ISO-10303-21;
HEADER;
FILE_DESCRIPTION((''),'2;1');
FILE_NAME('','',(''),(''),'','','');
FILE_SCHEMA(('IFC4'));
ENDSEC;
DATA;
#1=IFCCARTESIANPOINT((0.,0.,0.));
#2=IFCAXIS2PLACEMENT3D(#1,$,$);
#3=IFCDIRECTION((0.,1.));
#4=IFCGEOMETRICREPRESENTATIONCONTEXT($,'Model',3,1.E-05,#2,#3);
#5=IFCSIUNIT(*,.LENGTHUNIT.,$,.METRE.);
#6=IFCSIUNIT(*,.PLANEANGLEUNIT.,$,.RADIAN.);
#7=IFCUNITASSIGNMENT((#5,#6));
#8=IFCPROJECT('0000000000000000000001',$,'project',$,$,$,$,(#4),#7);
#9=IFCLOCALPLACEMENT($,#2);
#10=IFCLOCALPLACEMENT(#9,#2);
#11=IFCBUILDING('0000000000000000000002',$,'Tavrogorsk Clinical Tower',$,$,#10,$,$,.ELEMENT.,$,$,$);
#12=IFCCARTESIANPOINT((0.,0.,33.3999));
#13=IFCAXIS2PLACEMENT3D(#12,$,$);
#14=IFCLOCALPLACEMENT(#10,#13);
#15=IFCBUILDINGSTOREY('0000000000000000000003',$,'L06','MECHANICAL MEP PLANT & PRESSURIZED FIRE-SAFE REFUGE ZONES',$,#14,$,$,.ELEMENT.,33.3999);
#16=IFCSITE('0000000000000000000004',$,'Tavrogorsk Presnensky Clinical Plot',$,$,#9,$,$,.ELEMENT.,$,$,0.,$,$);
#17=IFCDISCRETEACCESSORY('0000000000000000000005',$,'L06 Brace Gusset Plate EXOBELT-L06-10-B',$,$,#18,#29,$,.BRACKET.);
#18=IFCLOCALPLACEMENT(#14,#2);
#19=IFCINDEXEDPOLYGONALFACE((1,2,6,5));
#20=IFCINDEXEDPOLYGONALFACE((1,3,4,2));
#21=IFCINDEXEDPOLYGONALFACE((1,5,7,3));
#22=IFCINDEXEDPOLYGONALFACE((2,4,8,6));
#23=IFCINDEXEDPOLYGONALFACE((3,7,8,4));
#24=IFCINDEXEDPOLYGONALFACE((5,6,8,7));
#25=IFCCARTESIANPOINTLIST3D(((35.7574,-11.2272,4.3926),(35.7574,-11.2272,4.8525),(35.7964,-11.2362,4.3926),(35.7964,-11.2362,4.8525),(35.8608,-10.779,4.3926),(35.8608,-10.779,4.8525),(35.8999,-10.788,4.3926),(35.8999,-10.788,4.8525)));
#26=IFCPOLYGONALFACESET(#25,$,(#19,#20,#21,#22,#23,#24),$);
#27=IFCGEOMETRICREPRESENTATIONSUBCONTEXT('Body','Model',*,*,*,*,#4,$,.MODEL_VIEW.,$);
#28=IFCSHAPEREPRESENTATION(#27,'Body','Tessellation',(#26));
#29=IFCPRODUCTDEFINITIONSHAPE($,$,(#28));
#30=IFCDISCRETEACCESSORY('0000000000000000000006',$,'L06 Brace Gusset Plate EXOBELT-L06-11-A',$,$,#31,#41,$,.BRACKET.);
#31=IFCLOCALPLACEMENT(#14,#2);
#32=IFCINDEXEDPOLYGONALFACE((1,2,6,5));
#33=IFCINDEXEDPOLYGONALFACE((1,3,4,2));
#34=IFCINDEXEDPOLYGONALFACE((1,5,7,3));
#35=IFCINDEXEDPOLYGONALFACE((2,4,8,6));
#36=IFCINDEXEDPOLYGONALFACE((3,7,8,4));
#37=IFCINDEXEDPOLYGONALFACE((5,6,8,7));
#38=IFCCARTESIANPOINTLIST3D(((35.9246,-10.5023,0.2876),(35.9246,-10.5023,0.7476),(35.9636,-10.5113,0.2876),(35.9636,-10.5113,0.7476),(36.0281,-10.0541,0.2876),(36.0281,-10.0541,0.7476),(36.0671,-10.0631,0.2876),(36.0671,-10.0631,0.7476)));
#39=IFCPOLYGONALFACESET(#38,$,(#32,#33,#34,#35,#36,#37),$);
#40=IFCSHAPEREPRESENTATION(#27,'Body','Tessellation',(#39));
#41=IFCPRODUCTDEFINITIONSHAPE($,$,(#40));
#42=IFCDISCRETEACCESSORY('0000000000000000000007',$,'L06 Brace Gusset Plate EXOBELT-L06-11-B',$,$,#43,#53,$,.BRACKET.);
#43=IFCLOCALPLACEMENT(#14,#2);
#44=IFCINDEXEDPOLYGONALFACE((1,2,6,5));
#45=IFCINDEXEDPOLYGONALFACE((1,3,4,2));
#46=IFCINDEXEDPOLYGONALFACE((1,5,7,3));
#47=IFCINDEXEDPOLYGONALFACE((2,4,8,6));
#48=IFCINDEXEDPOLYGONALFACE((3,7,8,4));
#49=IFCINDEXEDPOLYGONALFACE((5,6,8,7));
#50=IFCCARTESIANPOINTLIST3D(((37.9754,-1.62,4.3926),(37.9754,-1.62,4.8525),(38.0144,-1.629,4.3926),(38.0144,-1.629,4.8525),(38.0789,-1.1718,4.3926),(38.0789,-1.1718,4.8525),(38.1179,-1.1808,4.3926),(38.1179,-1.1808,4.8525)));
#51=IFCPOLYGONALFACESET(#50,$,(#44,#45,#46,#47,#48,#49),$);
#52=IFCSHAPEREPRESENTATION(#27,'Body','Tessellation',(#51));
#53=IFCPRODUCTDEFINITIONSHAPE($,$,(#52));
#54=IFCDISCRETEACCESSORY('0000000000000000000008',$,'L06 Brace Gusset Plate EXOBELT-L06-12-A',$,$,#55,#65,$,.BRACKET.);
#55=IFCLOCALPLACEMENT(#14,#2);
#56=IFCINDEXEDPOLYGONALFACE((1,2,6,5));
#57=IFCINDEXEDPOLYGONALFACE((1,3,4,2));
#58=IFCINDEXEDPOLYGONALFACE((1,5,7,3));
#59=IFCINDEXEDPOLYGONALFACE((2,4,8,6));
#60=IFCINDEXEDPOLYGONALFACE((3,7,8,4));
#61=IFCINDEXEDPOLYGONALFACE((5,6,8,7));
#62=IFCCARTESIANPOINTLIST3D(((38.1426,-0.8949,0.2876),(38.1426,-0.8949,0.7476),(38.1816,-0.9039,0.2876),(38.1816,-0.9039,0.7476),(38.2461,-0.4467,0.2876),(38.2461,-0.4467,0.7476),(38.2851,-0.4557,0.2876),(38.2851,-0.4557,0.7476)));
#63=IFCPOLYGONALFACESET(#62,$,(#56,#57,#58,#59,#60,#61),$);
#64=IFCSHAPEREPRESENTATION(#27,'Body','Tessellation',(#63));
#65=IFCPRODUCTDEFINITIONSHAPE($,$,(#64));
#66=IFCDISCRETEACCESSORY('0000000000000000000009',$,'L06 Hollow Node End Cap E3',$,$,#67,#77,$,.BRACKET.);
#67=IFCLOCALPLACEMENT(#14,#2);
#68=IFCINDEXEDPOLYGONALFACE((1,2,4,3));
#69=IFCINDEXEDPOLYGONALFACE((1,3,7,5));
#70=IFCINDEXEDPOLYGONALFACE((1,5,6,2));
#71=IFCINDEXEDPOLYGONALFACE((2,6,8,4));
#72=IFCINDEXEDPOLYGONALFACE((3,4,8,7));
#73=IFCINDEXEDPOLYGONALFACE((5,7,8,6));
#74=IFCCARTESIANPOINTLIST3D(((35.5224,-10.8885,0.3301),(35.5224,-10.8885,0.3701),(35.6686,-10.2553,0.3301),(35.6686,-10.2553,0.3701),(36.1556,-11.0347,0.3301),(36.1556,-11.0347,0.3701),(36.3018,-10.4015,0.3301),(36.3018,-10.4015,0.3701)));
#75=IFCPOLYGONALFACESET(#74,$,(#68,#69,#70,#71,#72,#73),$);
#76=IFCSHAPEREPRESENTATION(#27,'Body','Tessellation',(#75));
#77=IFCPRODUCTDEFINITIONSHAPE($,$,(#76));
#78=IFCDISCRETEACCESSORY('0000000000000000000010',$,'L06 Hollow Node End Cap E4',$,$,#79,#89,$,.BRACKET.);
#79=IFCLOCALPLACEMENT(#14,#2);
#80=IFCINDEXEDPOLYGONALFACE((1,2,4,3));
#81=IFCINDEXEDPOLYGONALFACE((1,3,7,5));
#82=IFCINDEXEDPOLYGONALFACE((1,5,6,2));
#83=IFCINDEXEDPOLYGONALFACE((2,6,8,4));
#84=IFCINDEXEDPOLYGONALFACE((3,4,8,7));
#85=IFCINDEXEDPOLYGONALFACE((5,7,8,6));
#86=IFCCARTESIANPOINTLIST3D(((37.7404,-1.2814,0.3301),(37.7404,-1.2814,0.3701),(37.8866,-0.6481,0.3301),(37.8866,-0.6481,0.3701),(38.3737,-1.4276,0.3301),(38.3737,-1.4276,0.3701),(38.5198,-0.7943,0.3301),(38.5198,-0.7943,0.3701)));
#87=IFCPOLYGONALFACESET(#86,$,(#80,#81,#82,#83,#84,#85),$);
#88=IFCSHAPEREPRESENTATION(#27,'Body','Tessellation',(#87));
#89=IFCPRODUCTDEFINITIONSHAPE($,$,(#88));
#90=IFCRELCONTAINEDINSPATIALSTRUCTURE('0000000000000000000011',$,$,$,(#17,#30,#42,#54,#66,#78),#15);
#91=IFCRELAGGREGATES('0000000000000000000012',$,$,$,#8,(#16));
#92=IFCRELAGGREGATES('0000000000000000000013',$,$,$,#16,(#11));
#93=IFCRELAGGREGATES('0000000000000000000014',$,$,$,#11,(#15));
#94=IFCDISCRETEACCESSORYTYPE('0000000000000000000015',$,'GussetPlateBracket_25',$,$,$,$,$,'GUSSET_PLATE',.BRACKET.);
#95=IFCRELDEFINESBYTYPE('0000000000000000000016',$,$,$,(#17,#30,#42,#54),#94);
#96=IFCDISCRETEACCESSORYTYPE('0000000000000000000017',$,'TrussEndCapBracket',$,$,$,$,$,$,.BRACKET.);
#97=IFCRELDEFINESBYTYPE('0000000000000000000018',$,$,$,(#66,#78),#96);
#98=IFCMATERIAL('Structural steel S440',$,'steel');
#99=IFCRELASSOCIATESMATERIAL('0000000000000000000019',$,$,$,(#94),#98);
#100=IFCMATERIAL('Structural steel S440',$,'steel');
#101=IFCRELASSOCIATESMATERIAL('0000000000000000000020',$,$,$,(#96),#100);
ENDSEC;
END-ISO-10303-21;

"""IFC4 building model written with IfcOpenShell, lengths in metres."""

from ifc_helpers import new_model, si_unit, direction, frame, origin, origin_2d, place, context, subcontext, project, spatial, rectangle, extrude, material, type_object, element, save


model = new_model("IFC4")

# Units and contexts
model_context = context("Model", 3, precision=1e-05, world=origin(), true_north=direction((0.0, 1.0)))
body_context = subcontext(model_context, "Body", "Model", "MODEL_VIEW")
ifc_project = project(units=[si_unit("LENGTHUNIT", "METRE"), si_unit("PLANEANGLEUNIT", "RADIAN")], contexts=[model_context])

# Site, building, storey
site_placement = place(None, origin())
site = spatial("IfcSite", under=ifc_project, at=site_placement, Name="Tavrogorsk Presnensky Clinical Plot", CompositionType="ELEMENT", RefElevation=0.0)
building_placement = place(site_placement, origin())
building = spatial("IfcBuilding", under=site, at=building_placement, Name="Tavrogorsk Clinical Tower", CompositionType="ELEMENT")
storey_placement = place(building_placement, frame((0.0, 0.0, 33.3999)))
storey = spatial("IfcBuildingStorey", under=building, at=storey_placement, Name="L06", Description="MECHANICAL MEP PLANT & PRESSURIZED FIRE-SAFE REFUGE ZONES", CompositionType="ELEMENT", Elevation=33.3999)

# Discrete accessories
ifc_material_1 = material(Name="Structural steel S440", Category="steel")
discrete_accessory_type_1 = type_object("IfcDiscreteAccessoryType", Name="GussetPlateBracket_25", ElementType="GUSSET_PLATE", PredefinedType="BRACKET", material=ifc_material_1)
for number, where, z_axis, x_axis, name in (
    (1, (35.8286, -11.0076, 4.3926), (0.0, 0.0, 1.0), (0.224951, 0.97437, 0.0), "L06 Brace Gusset Plate EXOBELT-L06-10-B"),
    (2, (35.9958, -10.2827, 0.2876), (0.0, 0.0, 1.0), (0.224951, 0.97437, 0.0), "L06 Brace Gusset Plate EXOBELT-L06-11-A"),
    (3, (38.0466, -1.4004, 4.3926), (0.0, 0.0, 1.0), (0.224951, 0.97437, 0.0), "L06 Brace Gusset Plate EXOBELT-L06-11-B"),
    (4, (38.2139, -0.6753, 0.2876), (0.0, 0.0, 1.0), (0.224951, 0.97437, 0.0), "L06 Brace Gusset Plate EXOBELT-L06-12-A"),
):
    element("IfcDiscreteAccessory", number, at=place(storey_placement, frame(where, z_axis=z_axis, x_axis=x_axis)), inside=storey, type_object=discrete_accessory_type_1, Name=name, PredefinedType="BRACKET", context=body_context, shape_type="SweptSolid", body=[
        extrude(rectangle(XDim=0.46, YDim=0.04, at=origin_2d()), origin(), (0.0, 0.0, 1.0), 0.46),
    ])
ifc_material_2 = material(Name="Structural steel S440", Category="steel")
discrete_accessory_type_2 = type_object("IfcDiscreteAccessoryType", Name="TrussEndCapBracket", PredefinedType="BRACKET", material=ifc_material_2)
for number, where, z_axis, x_axis, name in (
    (5, (35.9121, -10.645, 0.3301), (0.0, 0.0, 1.0), (0.97437, -0.224951, 0.0), "L06 Hollow Node End Cap E3"),
    (6, (38.1301, -1.0378, 0.3301), (0.0, 0.0, 1.0), (0.97437, -0.224951, 0.0), "L06 Hollow Node End Cap E4"),
):
    element("IfcDiscreteAccessory", number, at=place(storey_placement, frame(where, z_axis=z_axis, x_axis=x_axis)), inside=storey, type_object=discrete_accessory_type_2, Name=name, PredefinedType="BRACKET", context=body_context, shape_type="SweptSolid", body=[
        extrude(rectangle(XDim=0.6499, YDim=0.6499, at=origin_2d()), origin(), (0.0, 0.0, 1.0), 0.04),
    ])

save(model, "model.ifc")
